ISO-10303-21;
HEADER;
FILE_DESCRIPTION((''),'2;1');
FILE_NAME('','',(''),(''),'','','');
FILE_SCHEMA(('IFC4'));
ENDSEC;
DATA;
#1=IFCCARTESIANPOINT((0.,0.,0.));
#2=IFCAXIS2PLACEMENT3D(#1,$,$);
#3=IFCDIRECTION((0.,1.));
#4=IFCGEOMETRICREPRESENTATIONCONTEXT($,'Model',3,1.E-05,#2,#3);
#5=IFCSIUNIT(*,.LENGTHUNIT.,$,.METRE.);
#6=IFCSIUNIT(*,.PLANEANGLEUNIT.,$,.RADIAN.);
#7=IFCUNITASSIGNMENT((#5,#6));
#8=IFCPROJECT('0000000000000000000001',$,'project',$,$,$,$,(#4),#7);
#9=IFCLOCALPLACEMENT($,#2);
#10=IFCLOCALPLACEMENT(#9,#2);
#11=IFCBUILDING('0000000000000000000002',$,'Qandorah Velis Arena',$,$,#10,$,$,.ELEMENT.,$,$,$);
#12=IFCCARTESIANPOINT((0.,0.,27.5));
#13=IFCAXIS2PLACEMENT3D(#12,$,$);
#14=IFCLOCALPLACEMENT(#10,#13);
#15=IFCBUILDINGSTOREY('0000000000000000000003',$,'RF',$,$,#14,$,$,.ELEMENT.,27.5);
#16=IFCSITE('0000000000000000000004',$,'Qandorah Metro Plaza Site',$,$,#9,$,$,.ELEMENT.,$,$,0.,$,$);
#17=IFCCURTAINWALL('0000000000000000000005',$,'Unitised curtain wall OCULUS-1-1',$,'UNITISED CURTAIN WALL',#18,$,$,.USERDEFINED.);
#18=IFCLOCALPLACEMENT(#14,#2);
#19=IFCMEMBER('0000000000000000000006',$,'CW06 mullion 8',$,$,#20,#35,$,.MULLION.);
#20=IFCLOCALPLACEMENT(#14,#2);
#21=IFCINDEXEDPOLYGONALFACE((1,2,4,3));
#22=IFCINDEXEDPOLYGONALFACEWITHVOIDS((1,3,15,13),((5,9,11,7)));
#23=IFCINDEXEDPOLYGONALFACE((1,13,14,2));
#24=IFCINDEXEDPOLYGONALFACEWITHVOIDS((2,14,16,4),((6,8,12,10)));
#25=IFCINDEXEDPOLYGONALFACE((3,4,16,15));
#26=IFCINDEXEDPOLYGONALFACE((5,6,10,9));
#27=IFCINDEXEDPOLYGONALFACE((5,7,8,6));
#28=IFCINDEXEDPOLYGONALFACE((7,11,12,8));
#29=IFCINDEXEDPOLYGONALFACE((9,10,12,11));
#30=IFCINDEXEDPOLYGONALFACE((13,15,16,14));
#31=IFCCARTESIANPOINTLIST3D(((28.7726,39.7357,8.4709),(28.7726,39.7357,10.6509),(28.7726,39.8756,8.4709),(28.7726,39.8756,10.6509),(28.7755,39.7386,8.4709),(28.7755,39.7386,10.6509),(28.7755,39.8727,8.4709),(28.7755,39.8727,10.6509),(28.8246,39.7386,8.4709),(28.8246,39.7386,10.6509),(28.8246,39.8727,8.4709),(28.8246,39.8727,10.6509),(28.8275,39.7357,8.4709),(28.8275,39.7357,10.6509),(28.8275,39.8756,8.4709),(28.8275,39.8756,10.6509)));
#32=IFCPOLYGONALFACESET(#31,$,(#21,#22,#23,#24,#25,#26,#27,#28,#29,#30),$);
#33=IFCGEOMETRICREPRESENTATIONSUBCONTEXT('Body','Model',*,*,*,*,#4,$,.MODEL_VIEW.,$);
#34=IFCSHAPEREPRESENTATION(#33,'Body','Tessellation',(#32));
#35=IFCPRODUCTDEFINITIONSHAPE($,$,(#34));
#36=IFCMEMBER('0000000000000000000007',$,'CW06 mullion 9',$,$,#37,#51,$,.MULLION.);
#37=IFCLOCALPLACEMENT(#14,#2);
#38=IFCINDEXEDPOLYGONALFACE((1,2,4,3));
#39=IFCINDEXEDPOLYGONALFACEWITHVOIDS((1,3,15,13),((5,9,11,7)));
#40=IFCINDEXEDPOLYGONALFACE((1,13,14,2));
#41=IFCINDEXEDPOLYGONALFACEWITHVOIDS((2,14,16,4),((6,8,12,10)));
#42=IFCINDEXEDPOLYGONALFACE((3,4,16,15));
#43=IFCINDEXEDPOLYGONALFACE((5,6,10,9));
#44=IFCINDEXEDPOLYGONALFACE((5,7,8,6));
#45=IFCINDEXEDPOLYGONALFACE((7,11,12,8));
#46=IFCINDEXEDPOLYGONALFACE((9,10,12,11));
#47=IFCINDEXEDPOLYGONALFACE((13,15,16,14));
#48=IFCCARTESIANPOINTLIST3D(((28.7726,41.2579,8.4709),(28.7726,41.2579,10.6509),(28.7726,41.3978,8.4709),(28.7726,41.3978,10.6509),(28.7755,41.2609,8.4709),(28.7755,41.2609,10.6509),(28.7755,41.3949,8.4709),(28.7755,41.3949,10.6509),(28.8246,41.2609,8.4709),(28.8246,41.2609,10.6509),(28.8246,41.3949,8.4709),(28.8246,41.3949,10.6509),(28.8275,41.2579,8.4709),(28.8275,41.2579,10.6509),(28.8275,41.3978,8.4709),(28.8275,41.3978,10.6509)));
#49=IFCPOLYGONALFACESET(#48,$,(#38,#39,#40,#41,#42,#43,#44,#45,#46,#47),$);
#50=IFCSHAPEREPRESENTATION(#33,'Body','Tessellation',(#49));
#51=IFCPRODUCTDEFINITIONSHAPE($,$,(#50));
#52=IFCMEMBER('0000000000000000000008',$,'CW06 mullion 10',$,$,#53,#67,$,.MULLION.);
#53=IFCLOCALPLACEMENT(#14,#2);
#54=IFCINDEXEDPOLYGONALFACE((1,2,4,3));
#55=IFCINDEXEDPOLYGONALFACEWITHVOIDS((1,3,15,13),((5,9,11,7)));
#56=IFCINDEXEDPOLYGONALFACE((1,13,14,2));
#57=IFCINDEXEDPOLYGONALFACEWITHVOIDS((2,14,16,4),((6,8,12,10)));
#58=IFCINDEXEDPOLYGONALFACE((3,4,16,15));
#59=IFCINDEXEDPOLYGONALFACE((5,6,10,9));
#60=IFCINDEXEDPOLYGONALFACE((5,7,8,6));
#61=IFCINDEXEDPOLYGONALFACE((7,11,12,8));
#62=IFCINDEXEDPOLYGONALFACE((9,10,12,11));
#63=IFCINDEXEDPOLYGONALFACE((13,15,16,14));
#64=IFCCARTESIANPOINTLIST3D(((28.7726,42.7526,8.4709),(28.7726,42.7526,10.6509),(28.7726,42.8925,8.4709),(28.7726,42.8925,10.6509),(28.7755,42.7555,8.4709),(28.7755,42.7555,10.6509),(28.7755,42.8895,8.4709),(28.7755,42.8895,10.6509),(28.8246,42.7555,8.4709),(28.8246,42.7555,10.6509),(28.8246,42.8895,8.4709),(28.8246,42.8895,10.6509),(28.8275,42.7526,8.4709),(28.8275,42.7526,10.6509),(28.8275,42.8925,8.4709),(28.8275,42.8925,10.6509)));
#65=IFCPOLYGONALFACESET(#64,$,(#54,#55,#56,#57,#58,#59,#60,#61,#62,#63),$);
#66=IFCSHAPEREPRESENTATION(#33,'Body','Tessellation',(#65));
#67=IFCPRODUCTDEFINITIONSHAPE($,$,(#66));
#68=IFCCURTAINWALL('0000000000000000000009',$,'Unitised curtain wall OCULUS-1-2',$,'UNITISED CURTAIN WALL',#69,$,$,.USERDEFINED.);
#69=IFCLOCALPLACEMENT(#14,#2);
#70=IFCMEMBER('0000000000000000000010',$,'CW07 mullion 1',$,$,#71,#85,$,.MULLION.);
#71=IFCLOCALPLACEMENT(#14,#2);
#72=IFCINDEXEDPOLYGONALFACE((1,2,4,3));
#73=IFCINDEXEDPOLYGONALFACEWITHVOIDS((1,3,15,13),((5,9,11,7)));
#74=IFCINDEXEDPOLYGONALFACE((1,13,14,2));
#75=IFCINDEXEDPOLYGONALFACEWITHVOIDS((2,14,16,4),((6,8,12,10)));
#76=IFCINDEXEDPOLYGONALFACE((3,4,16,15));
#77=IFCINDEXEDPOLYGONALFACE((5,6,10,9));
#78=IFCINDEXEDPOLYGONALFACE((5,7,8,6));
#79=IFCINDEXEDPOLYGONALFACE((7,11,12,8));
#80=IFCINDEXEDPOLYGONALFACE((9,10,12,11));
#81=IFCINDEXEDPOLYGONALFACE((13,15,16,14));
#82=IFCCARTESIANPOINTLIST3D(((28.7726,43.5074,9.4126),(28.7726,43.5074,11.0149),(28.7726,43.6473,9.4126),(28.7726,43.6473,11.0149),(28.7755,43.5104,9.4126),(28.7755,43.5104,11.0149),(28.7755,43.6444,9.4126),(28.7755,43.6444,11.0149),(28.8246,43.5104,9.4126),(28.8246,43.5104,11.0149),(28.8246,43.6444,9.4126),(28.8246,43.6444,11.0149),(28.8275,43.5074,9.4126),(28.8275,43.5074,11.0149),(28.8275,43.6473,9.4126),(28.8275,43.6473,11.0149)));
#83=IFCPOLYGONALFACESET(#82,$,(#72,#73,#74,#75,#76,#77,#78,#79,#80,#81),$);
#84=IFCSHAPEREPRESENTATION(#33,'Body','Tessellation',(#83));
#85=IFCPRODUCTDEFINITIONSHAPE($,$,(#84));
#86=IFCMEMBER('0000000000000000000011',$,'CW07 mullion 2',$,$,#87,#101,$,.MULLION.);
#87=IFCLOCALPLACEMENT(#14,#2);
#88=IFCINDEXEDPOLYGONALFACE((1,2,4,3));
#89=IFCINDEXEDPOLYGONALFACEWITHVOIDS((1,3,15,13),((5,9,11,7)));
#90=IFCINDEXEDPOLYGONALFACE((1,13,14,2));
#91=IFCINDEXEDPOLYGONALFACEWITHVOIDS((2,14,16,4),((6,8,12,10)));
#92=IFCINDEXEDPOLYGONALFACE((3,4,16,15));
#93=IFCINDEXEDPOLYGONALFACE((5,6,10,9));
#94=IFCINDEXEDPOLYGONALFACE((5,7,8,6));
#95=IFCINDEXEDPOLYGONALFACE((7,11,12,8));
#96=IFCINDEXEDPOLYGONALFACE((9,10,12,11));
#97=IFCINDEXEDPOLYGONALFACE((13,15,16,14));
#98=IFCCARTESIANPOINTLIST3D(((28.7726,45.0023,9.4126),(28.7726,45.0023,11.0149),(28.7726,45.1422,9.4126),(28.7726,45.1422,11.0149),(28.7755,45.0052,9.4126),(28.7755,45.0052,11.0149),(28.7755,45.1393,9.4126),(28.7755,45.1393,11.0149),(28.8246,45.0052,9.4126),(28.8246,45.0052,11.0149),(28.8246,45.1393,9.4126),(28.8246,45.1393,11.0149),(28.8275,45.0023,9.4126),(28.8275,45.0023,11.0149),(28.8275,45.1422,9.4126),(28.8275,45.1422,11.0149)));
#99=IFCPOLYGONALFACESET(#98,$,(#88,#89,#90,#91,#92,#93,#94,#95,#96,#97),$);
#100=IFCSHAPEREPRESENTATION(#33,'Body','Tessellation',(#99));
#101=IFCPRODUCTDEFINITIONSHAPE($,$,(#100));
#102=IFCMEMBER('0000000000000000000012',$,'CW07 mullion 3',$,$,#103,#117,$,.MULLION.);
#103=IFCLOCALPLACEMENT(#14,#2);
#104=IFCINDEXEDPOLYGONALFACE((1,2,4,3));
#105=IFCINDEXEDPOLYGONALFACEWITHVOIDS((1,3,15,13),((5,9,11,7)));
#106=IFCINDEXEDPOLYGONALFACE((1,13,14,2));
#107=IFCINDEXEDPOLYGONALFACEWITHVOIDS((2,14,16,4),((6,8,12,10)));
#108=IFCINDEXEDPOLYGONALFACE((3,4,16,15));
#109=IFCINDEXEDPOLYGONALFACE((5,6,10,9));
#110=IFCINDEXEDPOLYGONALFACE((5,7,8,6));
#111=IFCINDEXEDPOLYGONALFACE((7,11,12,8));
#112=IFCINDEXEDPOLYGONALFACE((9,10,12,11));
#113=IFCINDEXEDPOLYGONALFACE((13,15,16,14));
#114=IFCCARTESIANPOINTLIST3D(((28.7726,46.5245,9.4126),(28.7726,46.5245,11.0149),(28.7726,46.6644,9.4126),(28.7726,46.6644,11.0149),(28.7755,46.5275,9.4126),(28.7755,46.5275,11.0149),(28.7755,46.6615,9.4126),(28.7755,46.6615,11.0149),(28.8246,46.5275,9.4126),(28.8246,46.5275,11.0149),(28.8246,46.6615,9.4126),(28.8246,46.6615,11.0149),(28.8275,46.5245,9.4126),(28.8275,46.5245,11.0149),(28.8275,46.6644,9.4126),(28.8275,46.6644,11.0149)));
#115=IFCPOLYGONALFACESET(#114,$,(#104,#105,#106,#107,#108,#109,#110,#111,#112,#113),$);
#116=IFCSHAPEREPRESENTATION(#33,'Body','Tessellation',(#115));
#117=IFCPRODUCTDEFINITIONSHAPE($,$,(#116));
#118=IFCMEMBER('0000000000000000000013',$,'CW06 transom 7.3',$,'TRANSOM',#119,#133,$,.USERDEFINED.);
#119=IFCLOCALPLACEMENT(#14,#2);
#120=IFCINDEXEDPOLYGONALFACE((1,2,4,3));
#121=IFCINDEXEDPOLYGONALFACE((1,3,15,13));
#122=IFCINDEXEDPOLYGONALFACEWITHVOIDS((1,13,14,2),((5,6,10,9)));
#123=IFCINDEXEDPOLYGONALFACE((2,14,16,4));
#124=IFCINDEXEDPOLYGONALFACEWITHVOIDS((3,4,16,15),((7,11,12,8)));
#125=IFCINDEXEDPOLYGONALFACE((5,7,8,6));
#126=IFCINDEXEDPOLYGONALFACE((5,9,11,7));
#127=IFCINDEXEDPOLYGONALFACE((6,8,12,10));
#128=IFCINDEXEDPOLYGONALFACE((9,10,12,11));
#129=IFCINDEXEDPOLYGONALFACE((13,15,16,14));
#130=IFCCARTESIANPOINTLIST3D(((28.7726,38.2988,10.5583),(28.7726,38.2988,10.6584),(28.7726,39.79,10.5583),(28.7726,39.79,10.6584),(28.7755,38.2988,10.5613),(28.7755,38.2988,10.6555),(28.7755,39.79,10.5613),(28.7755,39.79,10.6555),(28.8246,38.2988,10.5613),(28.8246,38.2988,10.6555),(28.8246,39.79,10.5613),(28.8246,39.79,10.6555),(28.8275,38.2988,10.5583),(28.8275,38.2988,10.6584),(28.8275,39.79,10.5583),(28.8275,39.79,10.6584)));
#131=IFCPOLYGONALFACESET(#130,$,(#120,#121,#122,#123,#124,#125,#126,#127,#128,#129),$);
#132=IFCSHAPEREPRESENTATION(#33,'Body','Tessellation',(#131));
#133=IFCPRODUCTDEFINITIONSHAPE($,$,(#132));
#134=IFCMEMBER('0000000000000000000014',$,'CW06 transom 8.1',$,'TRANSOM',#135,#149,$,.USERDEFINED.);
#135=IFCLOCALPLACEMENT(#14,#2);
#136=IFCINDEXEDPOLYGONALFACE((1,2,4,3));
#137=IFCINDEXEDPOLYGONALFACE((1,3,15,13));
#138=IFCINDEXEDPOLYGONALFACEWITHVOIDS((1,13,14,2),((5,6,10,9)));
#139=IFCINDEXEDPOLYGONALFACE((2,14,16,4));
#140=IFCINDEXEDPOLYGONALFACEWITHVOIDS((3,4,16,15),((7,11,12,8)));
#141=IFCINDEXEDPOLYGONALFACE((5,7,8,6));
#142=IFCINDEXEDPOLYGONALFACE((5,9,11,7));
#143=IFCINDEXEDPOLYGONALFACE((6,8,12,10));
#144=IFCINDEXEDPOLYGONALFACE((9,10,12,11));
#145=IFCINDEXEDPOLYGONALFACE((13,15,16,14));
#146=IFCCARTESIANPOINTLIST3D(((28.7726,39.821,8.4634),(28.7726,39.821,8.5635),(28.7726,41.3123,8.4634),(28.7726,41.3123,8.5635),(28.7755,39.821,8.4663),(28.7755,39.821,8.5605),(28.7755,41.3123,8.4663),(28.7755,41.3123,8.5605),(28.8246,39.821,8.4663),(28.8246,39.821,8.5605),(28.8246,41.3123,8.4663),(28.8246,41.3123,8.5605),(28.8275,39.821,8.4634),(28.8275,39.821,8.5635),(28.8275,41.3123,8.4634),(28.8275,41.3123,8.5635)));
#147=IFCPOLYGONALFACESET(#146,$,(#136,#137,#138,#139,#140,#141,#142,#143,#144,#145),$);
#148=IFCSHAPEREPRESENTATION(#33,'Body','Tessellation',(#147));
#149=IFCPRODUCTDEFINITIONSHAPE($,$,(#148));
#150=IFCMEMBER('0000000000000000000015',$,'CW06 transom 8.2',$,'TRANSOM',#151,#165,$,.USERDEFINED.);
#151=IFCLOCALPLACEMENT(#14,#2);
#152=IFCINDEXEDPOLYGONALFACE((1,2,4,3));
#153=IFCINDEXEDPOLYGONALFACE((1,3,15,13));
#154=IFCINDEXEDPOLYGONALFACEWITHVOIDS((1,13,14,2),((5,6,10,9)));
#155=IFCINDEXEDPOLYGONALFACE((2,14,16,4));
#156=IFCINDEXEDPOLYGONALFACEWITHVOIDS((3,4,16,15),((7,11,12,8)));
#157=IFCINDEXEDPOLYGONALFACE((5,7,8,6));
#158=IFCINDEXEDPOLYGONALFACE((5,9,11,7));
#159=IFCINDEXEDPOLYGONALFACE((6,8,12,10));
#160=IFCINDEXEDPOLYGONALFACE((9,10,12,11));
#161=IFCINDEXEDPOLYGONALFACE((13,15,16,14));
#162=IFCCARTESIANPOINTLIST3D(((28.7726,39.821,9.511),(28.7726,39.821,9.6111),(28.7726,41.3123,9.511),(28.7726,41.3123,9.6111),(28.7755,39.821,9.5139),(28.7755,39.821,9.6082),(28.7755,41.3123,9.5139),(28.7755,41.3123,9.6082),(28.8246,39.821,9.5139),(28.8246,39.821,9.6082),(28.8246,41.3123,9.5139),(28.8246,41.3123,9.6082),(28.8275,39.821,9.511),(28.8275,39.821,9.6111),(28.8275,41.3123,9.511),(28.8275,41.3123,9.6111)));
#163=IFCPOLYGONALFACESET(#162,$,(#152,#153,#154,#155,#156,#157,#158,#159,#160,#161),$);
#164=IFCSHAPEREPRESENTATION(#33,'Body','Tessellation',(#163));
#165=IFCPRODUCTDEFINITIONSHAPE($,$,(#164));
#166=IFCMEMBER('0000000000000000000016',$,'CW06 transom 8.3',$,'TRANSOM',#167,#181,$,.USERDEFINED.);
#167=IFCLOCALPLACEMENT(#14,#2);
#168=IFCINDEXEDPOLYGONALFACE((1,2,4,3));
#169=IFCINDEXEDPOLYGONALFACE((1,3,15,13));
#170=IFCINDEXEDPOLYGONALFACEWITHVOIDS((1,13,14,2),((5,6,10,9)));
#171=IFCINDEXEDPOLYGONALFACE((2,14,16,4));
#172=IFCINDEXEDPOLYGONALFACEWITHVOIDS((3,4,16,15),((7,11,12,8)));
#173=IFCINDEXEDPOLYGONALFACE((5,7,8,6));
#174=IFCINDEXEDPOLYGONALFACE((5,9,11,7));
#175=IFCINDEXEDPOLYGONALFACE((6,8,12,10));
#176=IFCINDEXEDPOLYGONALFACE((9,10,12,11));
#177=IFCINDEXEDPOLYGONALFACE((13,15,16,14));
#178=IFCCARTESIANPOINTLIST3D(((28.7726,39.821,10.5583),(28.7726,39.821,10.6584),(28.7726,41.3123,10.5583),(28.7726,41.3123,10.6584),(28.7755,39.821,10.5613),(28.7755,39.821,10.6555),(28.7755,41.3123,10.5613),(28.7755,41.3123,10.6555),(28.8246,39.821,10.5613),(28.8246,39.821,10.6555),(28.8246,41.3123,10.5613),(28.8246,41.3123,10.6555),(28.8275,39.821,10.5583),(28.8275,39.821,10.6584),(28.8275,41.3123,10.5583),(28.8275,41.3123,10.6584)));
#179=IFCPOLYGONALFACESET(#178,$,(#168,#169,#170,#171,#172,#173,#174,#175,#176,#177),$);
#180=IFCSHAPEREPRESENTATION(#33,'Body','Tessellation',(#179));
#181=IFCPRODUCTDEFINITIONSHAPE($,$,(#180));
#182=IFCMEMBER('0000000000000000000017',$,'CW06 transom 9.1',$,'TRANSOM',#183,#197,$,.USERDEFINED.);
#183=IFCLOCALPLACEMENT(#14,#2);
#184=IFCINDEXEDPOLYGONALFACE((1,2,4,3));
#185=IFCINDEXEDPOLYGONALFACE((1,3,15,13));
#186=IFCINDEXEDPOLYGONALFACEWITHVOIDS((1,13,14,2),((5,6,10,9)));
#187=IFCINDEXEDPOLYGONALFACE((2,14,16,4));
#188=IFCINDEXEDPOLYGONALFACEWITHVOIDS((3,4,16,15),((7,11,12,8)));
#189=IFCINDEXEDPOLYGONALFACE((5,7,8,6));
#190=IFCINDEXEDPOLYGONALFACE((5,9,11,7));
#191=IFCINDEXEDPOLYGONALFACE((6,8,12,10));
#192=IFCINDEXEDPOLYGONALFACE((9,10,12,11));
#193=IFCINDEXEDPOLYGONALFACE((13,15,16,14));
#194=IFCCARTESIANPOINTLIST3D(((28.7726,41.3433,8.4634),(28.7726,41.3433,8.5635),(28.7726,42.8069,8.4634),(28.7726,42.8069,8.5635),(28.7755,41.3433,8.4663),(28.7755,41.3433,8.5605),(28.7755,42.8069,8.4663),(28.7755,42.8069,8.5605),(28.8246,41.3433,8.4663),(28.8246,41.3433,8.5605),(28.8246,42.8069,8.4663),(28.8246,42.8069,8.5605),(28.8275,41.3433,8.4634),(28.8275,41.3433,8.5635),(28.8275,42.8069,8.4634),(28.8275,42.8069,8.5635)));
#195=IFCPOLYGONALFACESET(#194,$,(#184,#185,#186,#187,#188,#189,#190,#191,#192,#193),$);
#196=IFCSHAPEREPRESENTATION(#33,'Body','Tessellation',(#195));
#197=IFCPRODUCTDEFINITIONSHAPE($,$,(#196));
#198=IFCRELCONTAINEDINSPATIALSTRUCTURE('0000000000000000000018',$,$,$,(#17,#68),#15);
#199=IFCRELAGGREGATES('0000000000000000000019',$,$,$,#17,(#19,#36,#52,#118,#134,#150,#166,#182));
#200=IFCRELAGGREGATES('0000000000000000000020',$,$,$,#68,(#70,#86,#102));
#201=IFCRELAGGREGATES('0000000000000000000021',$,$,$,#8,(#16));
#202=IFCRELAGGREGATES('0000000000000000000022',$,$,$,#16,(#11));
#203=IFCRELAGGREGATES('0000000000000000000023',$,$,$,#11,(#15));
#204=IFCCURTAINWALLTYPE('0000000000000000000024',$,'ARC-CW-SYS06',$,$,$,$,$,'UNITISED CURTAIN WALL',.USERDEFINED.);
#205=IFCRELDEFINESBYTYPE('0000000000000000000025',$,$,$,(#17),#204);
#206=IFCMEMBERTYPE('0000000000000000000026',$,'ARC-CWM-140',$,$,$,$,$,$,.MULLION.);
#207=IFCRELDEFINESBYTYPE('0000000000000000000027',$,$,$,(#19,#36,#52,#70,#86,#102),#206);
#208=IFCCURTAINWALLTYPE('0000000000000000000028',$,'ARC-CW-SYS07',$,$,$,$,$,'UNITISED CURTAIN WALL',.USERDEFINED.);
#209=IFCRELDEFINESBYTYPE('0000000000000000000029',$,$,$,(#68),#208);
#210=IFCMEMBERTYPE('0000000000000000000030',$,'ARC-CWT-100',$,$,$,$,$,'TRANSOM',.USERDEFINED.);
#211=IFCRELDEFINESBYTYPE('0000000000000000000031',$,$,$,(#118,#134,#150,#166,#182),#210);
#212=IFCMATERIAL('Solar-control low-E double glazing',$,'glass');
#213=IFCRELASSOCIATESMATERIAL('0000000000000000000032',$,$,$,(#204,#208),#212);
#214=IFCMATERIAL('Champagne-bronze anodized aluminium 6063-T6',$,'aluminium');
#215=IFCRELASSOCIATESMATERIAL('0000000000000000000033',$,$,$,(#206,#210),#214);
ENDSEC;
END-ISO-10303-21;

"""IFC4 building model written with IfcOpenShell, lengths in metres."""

from ifc_helpers import new_model, si_unit, direction, frame, origin, origin_2d, place, context, subcontext, project, spatial, hollow_rectangle, extrude, material, material_profile, profile_set, type_object, element, aggregate, save


model = new_model("IFC4")

# Units and contexts
model_context = context("Model", 3, precision=1e-05, world=origin(), true_north=direction((0.0, 1.0)))
body_context = subcontext(model_context, "Body", "Model", "MODEL_VIEW")
ifc_project = project(units=[si_unit("LENGTHUNIT", "METRE"), si_unit("PLANEANGLEUNIT", "RADIAN")], contexts=[model_context])

# Site, building, storey
site_placement = place(None, origin())
site = spatial("IfcSite", under=ifc_project, at=site_placement, Name="Qandorah Metro Plaza Site", CompositionType="ELEMENT", RefElevation=0.0)
building_placement = place(site_placement, origin())
building = spatial("IfcBuilding", under=site, at=building_placement, Name="Qandorah Velis Arena", CompositionType="ELEMENT")
storey_placement = place(building_placement, frame((0.0, 0.0, 27.5)))
storey = spatial("IfcBuildingStorey", under=building, at=storey_placement, Name="RF", CompositionType="ELEMENT", Elevation=27.5)

# Curtain walls, members
ifc_material_1 = material(Name="Solar-control low-E double glazing", Category="glass")
curtain_wall_type_1 = type_object("IfcCurtainWallType", Name="ARC-CW-SYS06", ElementType="UNITISED CURTAIN WALL", PredefinedType="USERDEFINED", material=ifc_material_1)
curtain_wall_1_placement = place(storey_placement, origin())
curtain_wall_1 = element("IfcCurtainWall", 1, at=curtain_wall_1_placement, inside=storey, type_object=curtain_wall_type_1, Name="Unitised curtain wall OCULUS-1-1", ObjectType="UNITISED CURTAIN WALL", PredefinedType="USERDEFINED")
ifc_material_2 = material(Name="Champagne-bronze anodized aluminium 6063-T6", Category="aluminium")
ifc_material_profile_1 = material_profile(ifc_material_2, hollow_rectangle(XDim=0.0549, YDim=0.1399, WallThickness=0.0029, at=origin_2d()), Name="ALU MULLION 55x140")
ifc_profile_set_1 = profile_set([ifc_material_profile_1], Name="Champagne-bronze anodized aluminium 6063-T6")
member_type_1 = type_object("IfcMemberType", Name="ARC-CWM-140", PredefinedType="MULLION", material=ifc_profile_set_1)
member_1_placement = place(storey_placement, frame((28.8, 39.8057, 8.4709), z_axis=(0.0, 0.0, 1.0), x_axis=(-1.0, 0.0, 0.0)))
member_1 = element("IfcMember", 2, at=member_1_placement, type_object=member_type_1, Name="CW06 mullion 8", PredefinedType="MULLION", context=body_context, shape_type="SweptSolid", body=[
    extrude(hollow_rectangle(XDim=0.0549, YDim=0.1399, WallThickness=0.0029, at=origin_2d()), origin(), (0.0, 0.0, 1.0), 2.1799),
])
member_2_placement = place(storey_placement, frame((28.8, 41.3279, 8.4709), z_axis=(0.0, 0.0, 1.0), x_axis=(-1.0, 0.0, 0.0)))
member_2 = element("IfcMember", 3, at=member_2_placement, type_object=member_type_1, Name="CW06 mullion 9", PredefinedType="MULLION", context=body_context, shape_type="SweptSolid", body=[
    extrude(hollow_rectangle(XDim=0.0549, YDim=0.1399, WallThickness=0.0029, at=origin_2d()), origin(), (0.0, 0.0, 1.0), 2.1799),
])
member_3_placement = place(storey_placement, frame((28.8, 42.8225, 8.4709), z_axis=(0.0, 0.0, 1.0), x_axis=(-1.0, 0.0, 0.0)))
member_3 = element("IfcMember", 4, at=member_3_placement, type_object=member_type_1, Name="CW06 mullion 10", PredefinedType="MULLION", context=body_context, shape_type="SweptSolid", body=[
    extrude(hollow_rectangle(XDim=0.0549, YDim=0.1399, WallThickness=0.0029, at=origin_2d()), origin(), (0.0, 0.0, 1.0), 2.1799),
])
curtain_wall_type_2 = type_object("IfcCurtainWallType", Name="ARC-CW-SYS07", ElementType="UNITISED CURTAIN WALL", PredefinedType="USERDEFINED", material=ifc_material_1)
curtain_wall_2_placement = place(storey_placement, origin())
curtain_wall_2 = element("IfcCurtainWall", 5, at=curtain_wall_2_placement, inside=storey, type_object=curtain_wall_type_2, Name="Unitised curtain wall OCULUS-1-2", ObjectType="UNITISED CURTAIN WALL", PredefinedType="USERDEFINED")
member_4_placement = place(storey_placement, frame((28.8, 43.5774, 9.4126), z_axis=(0.0, 0.0, 1.0), x_axis=(-1.0, 0.0, 0.0)))
member_4 = element("IfcMember", 6, at=member_4_placement, type_object=member_type_1, Name="CW07 mullion 1", PredefinedType="MULLION", context=body_context, shape_type="SweptSolid", body=[
    extrude(hollow_rectangle(XDim=0.0549, YDim=0.1399, WallThickness=0.0029, at=origin_2d()), origin(), (0.0, 0.0, 1.0), 1.6023),
])
member_5_placement = place(storey_placement, frame((28.8, 45.0723, 9.4126), z_axis=(0.0, 0.0, 1.0), x_axis=(-1.0, 0.0, 0.0)))
member_5 = element("IfcMember", 7, at=member_5_placement, type_object=member_type_1, Name="CW07 mullion 2", PredefinedType="MULLION", context=body_context, shape_type="SweptSolid", body=[
    extrude(hollow_rectangle(XDim=0.0549, YDim=0.1399, WallThickness=0.0029, at=origin_2d()), origin(), (0.0, 0.0, 1.0), 1.6023),
])
member_6_placement = place(storey_placement, frame((28.8, 46.5945, 9.4126), z_axis=(0.0, 0.0, 1.0), x_axis=(-1.0, 0.0, 0.0)))
member_6 = element("IfcMember", 8, at=member_6_placement, type_object=member_type_1, Name="CW07 mullion 3", PredefinedType="MULLION", context=body_context, shape_type="SweptSolid", body=[
    extrude(hollow_rectangle(XDim=0.0549, YDim=0.1399, WallThickness=0.0029, at=origin_2d()), origin(), (0.0, 0.0, 1.0), 1.6023),
])

# Members
ifc_material_profile_2 = material_profile(ifc_material_2, hollow_rectangle(XDim=0.0549, YDim=0.1001, WallThickness=0.0029, at=origin_2d()), Name="ALU TRANSOM 55x100")
ifc_profile_set_2 = profile_set([ifc_material_profile_2], Name="Champagne-bronze anodized aluminium 6063-T6")
member_type_2 = type_object("IfcMemberType", Name="ARC-CWT-100", ElementType="TRANSOM", PredefinedType="USERDEFINED", material=ifc_profile_set_2)
member_7_placement = place(storey_placement, frame((28.8, 38.2988, 10.6084), z_axis=(0.0, 1.0, 0.0), x_axis=(-1.0, 0.0, 0.0)))
member_7 = element("IfcMember", 9, at=member_7_placement, type_object=member_type_2, Name="CW06 transom 7.3", ObjectType="TRANSOM", PredefinedType="USERDEFINED", context=body_context, shape_type="SweptSolid", body=[
    extrude(hollow_rectangle(XDim=0.0549, YDim=0.1001, WallThickness=0.0029, at=origin_2d()), origin(), (0.0, 0.0, 1.0), 1.4912),
])
member_8_placement = place(storey_placement, frame((28.8, 39.821, 8.5134), z_axis=(0.0, 1.0, 0.0), x_axis=(-1.0, 0.0, 0.0)))
member_8 = element("IfcMember", 10, at=member_8_placement, type_object=member_type_2, Name="CW06 transom 8.1", ObjectType="TRANSOM", PredefinedType="USERDEFINED", context=body_context, shape_type="SweptSolid", body=[
    extrude(hollow_rectangle(XDim=0.0549, YDim=0.1001, WallThickness=0.0029, at=origin_2d()), origin(), (0.0, 0.0, 1.0), 1.4912),
])
member_9_placement = place(storey_placement, frame((28.8, 39.821, 9.561), z_axis=(0.0, 1.0, 0.0), x_axis=(-1.0, 0.0, 0.0)))
member_9 = element("IfcMember", 11, at=member_9_placement, type_object=member_type_2, Name="CW06 transom 8.2", ObjectType="TRANSOM", PredefinedType="USERDEFINED", context=body_context, shape_type="SweptSolid", body=[
    extrude(hollow_rectangle(XDim=0.0549, YDim=0.1001, WallThickness=0.0029, at=origin_2d()), origin(), (0.0, 0.0, 1.0), 1.4912),
])
member_10_placement = place(storey_placement, frame((28.8, 39.821, 10.6084), z_axis=(0.0, 1.0, 0.0), x_axis=(-1.0, 0.0, 0.0)))
member_10 = element("IfcMember", 12, at=member_10_placement, type_object=member_type_2, Name="CW06 transom 8.3", ObjectType="TRANSOM", PredefinedType="USERDEFINED", context=body_context, shape_type="SweptSolid", body=[
    extrude(hollow_rectangle(XDim=0.0549, YDim=0.1001, WallThickness=0.0029, at=origin_2d()), origin(), (0.0, 0.0, 1.0), 1.4912),
])
member_11_placement = place(storey_placement, frame((28.8, 41.3433, 8.5134), z_axis=(0.0, 1.0, 0.0), x_axis=(-1.0, 0.0, 0.0)))
member_11 = element("IfcMember", 13, at=member_11_placement, type_object=member_type_2, Name="CW06 transom 9.1", ObjectType="TRANSOM", PredefinedType="USERDEFINED", context=body_context, shape_type="SweptSolid", body=[
    extrude(hollow_rectangle(XDim=0.0549, YDim=0.1001, WallThickness=0.0029, at=origin_2d()), origin(), (0.0, 0.0, 1.0), 1.4636),
])

aggregate(curtain_wall_1, [member_1, member_2, member_3, member_7, member_8, member_9, member_10, member_11])
aggregate(curtain_wall_2, [member_4, member_5, member_6])

save(model, "model.ifc")
